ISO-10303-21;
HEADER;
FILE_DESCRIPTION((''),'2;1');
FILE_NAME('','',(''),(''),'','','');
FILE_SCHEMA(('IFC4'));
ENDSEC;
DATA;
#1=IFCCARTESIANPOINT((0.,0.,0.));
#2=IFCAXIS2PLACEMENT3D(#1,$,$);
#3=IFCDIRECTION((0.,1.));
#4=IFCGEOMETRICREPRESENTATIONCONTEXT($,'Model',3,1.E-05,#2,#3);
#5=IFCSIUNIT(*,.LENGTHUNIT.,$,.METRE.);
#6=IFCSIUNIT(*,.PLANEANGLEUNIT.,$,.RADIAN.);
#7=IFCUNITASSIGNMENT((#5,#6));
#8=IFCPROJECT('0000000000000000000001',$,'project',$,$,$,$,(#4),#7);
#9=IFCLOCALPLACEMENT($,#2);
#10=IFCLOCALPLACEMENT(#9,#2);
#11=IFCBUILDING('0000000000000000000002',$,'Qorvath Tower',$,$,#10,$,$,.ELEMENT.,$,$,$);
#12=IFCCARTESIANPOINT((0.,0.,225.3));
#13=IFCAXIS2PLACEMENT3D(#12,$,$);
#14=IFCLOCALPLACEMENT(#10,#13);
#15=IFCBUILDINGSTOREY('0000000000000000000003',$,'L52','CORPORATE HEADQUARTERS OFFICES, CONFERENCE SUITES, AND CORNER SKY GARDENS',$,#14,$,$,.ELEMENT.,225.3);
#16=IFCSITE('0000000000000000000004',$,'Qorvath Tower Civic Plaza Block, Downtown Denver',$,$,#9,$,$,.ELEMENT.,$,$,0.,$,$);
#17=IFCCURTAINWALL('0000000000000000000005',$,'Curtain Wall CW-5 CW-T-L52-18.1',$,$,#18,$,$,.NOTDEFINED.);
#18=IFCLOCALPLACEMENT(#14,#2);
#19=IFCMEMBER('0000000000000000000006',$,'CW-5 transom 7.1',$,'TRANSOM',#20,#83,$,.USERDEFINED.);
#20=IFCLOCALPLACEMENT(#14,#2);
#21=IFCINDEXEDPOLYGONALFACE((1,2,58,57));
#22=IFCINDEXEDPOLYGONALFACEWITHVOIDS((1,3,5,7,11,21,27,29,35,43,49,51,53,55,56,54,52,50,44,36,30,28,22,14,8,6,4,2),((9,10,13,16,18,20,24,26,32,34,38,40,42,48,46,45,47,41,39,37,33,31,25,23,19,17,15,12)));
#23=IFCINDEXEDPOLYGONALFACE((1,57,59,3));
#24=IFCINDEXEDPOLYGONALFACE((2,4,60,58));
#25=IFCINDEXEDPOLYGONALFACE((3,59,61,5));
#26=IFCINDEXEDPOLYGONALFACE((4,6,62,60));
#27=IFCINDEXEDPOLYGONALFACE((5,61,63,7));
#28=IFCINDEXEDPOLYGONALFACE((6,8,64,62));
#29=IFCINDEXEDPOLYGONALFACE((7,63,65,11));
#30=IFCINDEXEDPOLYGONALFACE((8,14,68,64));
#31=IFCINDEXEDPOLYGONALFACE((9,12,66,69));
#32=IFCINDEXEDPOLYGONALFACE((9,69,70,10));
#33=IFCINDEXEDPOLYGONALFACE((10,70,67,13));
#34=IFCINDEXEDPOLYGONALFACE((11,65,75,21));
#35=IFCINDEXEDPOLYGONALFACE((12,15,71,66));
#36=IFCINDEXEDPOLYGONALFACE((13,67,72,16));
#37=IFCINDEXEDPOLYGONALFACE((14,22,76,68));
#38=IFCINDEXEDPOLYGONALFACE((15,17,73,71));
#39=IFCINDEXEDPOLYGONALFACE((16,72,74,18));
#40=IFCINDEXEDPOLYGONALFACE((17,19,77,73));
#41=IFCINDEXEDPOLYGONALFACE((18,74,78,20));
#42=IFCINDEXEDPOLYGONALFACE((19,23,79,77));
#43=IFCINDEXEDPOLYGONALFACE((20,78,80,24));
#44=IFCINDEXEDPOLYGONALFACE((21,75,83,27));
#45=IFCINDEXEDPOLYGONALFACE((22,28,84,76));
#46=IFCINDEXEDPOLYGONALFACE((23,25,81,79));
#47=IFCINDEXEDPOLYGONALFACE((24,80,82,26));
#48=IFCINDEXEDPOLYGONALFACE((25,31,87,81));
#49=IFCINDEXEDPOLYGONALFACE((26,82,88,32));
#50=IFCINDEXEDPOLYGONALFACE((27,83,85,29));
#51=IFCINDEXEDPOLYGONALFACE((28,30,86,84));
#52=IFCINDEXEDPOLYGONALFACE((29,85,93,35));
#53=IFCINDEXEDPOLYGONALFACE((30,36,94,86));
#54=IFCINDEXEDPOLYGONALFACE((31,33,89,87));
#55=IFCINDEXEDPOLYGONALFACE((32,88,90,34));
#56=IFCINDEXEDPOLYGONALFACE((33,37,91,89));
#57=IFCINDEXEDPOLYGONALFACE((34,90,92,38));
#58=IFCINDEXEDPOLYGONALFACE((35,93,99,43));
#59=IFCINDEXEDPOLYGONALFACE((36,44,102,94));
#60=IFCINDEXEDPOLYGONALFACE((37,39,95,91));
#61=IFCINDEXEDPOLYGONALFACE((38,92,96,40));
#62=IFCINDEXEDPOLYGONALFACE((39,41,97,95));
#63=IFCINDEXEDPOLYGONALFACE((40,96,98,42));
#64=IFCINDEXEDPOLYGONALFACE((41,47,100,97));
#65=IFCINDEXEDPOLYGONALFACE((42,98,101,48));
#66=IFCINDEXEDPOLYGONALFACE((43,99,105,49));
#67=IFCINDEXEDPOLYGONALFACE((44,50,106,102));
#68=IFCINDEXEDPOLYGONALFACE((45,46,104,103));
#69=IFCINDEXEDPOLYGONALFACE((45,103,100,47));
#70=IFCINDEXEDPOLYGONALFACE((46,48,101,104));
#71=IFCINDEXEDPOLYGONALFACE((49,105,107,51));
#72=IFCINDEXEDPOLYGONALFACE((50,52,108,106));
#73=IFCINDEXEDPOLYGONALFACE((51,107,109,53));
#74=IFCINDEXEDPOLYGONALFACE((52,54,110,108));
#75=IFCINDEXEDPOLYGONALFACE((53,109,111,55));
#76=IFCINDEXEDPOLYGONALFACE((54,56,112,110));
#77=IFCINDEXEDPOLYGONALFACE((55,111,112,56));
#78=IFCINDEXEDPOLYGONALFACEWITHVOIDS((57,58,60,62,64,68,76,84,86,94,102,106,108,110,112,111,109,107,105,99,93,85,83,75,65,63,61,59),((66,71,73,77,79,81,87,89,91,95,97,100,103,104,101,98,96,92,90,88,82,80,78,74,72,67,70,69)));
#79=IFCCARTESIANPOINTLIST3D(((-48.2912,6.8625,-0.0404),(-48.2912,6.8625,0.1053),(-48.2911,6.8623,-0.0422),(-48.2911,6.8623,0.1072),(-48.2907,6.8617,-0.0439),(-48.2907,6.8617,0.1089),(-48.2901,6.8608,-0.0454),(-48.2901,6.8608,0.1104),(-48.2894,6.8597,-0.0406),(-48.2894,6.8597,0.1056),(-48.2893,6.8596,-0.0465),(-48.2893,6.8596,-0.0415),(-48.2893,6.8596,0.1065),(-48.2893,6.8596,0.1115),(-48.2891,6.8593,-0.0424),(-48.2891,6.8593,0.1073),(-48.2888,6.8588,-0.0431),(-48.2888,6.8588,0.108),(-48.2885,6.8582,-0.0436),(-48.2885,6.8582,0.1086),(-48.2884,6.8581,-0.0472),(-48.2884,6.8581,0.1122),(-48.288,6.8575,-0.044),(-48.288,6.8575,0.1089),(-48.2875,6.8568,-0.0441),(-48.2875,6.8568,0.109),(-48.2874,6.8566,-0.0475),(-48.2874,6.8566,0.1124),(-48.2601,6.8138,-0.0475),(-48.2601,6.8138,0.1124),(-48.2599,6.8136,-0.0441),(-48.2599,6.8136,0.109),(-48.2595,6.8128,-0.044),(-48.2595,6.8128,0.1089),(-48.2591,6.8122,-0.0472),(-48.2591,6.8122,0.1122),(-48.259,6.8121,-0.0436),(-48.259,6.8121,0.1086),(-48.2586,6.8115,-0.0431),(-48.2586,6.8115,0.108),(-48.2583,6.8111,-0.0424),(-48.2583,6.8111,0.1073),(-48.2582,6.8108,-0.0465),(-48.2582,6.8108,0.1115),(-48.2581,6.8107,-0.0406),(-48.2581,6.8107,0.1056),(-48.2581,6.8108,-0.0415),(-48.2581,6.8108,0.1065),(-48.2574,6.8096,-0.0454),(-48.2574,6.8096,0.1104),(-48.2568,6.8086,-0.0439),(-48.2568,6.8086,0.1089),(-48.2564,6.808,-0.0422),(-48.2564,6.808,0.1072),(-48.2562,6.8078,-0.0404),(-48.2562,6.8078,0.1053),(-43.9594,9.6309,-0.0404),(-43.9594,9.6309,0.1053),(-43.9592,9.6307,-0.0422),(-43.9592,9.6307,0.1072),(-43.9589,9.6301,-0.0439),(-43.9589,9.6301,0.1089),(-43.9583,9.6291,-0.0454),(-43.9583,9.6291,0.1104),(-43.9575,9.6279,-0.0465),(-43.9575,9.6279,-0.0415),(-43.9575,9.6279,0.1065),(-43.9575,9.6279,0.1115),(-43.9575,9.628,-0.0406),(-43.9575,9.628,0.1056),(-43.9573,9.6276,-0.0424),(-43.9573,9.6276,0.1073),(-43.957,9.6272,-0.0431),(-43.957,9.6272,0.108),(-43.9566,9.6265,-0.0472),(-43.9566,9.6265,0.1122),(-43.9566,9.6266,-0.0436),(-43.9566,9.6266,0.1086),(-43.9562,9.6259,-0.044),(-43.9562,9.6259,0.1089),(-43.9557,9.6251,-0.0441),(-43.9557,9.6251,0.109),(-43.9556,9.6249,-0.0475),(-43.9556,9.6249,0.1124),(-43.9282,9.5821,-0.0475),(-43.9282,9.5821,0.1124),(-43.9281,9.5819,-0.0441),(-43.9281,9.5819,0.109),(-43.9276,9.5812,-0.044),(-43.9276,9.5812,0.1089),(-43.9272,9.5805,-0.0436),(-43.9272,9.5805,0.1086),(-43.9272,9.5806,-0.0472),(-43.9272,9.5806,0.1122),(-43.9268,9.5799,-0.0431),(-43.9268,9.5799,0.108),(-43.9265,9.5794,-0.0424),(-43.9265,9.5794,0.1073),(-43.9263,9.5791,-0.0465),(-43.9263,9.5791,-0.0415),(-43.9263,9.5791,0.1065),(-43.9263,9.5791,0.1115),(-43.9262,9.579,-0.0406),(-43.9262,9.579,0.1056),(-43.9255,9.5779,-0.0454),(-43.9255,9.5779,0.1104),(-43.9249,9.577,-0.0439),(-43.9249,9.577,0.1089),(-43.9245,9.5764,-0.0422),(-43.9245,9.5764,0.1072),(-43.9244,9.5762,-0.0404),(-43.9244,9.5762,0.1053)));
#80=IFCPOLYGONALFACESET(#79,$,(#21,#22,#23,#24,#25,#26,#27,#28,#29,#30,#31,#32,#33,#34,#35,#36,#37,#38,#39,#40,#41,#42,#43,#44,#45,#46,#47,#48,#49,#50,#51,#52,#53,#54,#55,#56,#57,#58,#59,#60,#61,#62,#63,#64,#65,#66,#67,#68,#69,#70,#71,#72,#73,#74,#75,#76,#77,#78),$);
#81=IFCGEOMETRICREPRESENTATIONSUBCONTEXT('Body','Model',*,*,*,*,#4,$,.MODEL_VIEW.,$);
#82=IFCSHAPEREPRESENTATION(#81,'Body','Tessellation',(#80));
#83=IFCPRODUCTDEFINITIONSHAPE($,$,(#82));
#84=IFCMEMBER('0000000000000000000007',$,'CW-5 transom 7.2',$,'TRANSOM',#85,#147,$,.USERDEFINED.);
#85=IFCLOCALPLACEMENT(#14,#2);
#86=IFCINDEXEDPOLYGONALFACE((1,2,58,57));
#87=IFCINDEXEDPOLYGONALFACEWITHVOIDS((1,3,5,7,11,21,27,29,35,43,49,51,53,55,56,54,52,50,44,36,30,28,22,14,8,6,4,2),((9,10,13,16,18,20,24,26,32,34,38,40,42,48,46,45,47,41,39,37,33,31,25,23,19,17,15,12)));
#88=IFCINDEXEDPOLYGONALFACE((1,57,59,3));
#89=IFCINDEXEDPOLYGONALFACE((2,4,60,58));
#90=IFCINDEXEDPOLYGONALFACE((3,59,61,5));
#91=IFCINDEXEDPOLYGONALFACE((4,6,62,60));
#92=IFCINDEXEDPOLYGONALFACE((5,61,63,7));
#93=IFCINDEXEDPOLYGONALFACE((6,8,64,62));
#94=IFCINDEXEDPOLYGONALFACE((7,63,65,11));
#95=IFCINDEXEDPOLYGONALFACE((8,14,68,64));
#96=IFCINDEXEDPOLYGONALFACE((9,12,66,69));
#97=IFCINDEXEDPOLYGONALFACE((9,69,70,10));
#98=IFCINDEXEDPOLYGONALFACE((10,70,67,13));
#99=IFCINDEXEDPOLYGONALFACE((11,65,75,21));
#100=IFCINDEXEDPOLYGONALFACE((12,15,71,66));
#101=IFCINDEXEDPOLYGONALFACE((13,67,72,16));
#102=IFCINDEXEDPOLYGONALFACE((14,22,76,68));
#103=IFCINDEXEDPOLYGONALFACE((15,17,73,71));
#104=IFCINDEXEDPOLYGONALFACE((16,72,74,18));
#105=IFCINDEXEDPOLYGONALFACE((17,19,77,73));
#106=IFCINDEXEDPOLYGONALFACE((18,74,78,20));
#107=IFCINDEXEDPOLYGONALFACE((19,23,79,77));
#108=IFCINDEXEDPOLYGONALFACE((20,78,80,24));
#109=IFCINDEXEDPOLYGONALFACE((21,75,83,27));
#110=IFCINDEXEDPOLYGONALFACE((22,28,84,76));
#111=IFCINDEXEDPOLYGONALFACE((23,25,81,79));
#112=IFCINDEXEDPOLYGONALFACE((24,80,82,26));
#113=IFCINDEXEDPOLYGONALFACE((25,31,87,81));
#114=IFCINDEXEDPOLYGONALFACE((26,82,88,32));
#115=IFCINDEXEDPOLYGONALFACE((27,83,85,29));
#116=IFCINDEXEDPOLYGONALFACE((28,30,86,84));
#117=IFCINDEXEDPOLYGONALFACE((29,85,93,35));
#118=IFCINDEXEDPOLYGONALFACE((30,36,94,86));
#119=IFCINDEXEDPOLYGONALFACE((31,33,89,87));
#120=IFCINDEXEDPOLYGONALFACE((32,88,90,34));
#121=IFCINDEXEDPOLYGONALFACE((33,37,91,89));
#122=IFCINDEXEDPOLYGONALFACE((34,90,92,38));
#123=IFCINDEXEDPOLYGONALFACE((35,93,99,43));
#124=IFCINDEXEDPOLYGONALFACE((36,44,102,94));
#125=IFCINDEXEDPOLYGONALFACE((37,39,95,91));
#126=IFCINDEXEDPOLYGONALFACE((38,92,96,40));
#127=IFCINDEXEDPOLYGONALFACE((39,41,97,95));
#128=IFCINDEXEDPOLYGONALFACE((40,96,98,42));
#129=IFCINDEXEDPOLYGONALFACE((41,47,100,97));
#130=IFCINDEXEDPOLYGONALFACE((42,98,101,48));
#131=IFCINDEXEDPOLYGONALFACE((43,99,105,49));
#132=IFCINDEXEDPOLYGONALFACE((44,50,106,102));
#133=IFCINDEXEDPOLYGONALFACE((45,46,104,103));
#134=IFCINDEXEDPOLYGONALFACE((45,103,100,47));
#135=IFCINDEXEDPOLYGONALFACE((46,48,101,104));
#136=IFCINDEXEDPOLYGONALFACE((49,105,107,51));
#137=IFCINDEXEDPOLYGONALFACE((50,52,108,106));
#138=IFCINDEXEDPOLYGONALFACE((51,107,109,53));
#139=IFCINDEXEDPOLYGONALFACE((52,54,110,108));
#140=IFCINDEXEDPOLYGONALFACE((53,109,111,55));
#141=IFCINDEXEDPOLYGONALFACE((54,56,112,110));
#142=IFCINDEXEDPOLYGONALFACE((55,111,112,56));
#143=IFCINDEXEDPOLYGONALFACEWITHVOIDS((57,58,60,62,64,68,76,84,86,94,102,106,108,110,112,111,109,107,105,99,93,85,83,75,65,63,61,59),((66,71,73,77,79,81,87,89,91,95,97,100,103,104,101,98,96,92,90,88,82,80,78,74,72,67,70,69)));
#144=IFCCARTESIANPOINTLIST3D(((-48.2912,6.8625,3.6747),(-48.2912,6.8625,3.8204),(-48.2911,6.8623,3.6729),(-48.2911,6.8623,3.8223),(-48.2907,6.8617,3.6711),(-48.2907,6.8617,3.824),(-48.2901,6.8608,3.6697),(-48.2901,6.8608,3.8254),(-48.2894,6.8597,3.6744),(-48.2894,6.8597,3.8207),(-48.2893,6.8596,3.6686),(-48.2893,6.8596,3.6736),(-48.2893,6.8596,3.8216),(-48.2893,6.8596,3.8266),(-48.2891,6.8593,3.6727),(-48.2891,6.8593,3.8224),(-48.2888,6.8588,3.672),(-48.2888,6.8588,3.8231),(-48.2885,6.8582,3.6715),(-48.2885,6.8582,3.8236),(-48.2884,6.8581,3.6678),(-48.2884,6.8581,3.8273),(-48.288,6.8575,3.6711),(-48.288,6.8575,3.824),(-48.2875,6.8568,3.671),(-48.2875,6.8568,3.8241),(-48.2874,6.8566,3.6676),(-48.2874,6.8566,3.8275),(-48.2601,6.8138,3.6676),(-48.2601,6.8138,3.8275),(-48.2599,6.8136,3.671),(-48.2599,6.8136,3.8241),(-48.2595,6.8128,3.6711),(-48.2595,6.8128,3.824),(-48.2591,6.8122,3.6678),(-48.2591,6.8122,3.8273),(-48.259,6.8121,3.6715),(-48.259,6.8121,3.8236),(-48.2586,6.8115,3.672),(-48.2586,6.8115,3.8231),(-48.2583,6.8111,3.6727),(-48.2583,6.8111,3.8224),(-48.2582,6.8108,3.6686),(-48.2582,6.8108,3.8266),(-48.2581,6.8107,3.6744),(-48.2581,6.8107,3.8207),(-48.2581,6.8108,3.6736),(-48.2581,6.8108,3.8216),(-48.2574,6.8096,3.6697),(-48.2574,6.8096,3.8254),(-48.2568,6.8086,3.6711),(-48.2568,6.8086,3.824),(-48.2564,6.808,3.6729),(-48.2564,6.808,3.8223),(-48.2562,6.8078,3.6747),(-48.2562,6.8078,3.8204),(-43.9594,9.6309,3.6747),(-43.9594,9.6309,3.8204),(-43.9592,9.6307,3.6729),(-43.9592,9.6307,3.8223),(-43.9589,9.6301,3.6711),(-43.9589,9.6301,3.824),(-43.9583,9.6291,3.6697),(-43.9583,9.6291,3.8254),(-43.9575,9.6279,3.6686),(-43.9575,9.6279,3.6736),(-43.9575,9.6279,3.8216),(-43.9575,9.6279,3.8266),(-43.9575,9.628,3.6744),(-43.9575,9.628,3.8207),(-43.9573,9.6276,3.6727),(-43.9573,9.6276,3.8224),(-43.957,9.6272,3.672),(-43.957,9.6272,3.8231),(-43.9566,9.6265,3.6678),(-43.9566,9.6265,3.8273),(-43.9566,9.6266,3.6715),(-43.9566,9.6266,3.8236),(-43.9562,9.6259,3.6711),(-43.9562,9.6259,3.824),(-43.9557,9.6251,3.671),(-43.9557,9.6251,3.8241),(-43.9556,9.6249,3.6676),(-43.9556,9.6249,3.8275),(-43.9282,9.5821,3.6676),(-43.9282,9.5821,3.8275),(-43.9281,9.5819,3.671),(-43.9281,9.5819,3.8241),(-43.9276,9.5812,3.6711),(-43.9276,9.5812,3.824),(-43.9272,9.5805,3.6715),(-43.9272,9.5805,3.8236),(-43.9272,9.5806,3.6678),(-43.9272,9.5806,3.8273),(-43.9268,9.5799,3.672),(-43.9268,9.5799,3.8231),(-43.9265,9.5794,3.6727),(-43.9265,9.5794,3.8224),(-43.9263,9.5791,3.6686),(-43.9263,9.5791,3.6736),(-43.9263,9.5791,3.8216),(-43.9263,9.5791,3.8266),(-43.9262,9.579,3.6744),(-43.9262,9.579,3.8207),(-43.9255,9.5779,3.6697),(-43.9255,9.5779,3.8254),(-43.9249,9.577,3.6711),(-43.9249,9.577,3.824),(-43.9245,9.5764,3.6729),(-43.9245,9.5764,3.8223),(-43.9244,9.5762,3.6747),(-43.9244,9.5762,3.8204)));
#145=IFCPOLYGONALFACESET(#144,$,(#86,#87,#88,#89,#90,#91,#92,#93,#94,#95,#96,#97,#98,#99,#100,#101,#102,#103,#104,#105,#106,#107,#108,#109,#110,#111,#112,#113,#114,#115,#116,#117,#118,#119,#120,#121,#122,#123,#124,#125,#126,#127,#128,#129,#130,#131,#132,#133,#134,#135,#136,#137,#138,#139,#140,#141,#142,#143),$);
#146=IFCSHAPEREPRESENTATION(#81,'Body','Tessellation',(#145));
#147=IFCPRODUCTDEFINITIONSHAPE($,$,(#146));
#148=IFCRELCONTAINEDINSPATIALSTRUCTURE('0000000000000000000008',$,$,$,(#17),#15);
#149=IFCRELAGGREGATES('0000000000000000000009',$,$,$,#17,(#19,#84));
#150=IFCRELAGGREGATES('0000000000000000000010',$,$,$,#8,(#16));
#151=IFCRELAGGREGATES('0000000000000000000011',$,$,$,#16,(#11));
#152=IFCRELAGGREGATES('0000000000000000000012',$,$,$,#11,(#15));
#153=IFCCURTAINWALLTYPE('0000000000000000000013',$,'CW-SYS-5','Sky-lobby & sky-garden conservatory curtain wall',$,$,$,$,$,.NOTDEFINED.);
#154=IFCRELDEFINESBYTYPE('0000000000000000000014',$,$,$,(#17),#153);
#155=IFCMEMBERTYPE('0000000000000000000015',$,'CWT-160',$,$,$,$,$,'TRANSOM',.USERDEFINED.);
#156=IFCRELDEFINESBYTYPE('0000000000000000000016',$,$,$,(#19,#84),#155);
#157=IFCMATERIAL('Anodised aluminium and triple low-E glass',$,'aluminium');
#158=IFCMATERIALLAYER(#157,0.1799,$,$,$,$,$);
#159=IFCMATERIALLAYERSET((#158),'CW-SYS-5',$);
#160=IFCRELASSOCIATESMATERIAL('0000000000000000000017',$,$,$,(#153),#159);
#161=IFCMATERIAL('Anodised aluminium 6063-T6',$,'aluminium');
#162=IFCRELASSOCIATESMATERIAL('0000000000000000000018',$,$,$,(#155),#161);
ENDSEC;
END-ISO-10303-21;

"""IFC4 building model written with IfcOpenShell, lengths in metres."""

from ifc_helpers import new_model, si_unit, direction, frame, origin, origin_2d, place, context, subcontext, project, spatial, hollow_rectangle, extrude, material, layer, layer_set, material_profile, profile_set, type_object, element, aggregate, save


model = new_model("IFC4")

# Units and contexts
model_context = context("Model", 3, precision=1e-05, world=origin(), true_north=direction((0.0, 1.0)))
body_context = subcontext(model_context, "Body", "Model", "MODEL_VIEW")
ifc_project = project(units=[si_unit("LENGTHUNIT", "METRE"), si_unit("PLANEANGLEUNIT", "RADIAN")], contexts=[model_context])

# Site, building, storey
site_placement = place(None, origin())
site = spatial("IfcSite", under=ifc_project, at=site_placement, Name="Qorvath Tower Civic Plaza Block, Downtown Denver", CompositionType="ELEMENT", RefElevation=0.0)
building_placement = place(site_placement, origin())
building = spatial("IfcBuilding", under=site, at=building_placement, Name="Qorvath Tower", CompositionType="ELEMENT")
storey_placement = place(building_placement, frame((0.0, 0.0, 225.3)))
storey = spatial("IfcBuildingStorey", under=building, at=storey_placement, Name="L52", Description="CORPORATE HEADQUARTERS OFFICES, CONFERENCE SUITES, AND CORNER SKY GARDENS", CompositionType="ELEMENT", Elevation=225.3)

# Curtain wall
ifc_material_1 = material(Name="Anodised aluminium and triple low-E glass", Category="aluminium")
ifc_layer_1 = layer(ifc_material_1, 0.1799)
ifc_layer_set_1 = layer_set([ifc_layer_1], Name="CW-SYS-5")
curtain_wall_type = type_object("IfcCurtainWallType", Name="CW-SYS-5", Description="Sky-lobby & sky-garden conservatory curtain wall", PredefinedType="NOTDEFINED", material=ifc_layer_set_1)
curtain_wall_1_placement = place(storey_placement, origin())
curtain_wall_1 = element("IfcCurtainWall", 1, at=curtain_wall_1_placement, inside=storey, type_object=curtain_wall_type, Name="Curtain Wall CW-5 CW-T-L52-18.1", PredefinedType="NOTDEFINED")

# Members
ifc_material_2 = material(Name="Anodised aluminium 6063-T6", Category="aluminium")
ifc_material_profile_1 = material_profile(ifc_material_2, hollow_rectangle(XDim=0.0649, YDim=0.1599, WallThickness=0.0034, InnerFilletRadius=0.0034, OuterFilletRadius=0.0071, at=origin_2d()), Name="CWT 160x65")
ifc_profile_set_1 = profile_set([ifc_material_profile_1], Name="Anodised aluminium 6063-T6")
member_type_1 = type_object("IfcMemberType", Name="CWT-160", ElementType="TRANSOM", PredefinedType="USERDEFINED", material=ifc_profile_set_1)
member_1_placement = place(storey_placement, frame((-43.9419, 9.6035, 0.0325), z_axis=(-0.842627, -0.538497, 0.0), x_axis=(0.538497, -0.842627, 0.0)))
member_1 = element("IfcMember", 2, at=member_1_placement, type_object=member_type_1, Name="CW-5 transom 7.1", ObjectType="TRANSOM", PredefinedType="USERDEFINED", context=body_context, shape_type="SweptSolid", body=[
    extrude(hollow_rectangle(XDim=0.0649, YDim=0.1599, WallThickness=0.0034, InnerFilletRadius=0.0034, OuterFilletRadius=0.0071, at=origin_2d()), origin(), (0.0, 0.0, 1.0), 5.1409),
])
member_2_placement = place(storey_placement, frame((-43.9419, 9.6035, 3.7476), z_axis=(-0.842627, -0.538497, 0.0), x_axis=(0.538497, -0.842627, 0.0)))
member_2 = element("IfcMember", 3, at=member_2_placement, type_object=member_type_1, Name="CW-5 transom 7.2", ObjectType="TRANSOM", PredefinedType="USERDEFINED", context=body_context, shape_type="SweptSolid", body=[
    extrude(hollow_rectangle(XDim=0.0649, YDim=0.1599, WallThickness=0.0034, InnerFilletRadius=0.0034, OuterFilletRadius=0.0071, at=origin_2d()), origin(), (0.0, 0.0, 1.0), 5.1409),
])

aggregate(curtain_wall_1, [member_1, member_2])

save(model, "model.ifc")
